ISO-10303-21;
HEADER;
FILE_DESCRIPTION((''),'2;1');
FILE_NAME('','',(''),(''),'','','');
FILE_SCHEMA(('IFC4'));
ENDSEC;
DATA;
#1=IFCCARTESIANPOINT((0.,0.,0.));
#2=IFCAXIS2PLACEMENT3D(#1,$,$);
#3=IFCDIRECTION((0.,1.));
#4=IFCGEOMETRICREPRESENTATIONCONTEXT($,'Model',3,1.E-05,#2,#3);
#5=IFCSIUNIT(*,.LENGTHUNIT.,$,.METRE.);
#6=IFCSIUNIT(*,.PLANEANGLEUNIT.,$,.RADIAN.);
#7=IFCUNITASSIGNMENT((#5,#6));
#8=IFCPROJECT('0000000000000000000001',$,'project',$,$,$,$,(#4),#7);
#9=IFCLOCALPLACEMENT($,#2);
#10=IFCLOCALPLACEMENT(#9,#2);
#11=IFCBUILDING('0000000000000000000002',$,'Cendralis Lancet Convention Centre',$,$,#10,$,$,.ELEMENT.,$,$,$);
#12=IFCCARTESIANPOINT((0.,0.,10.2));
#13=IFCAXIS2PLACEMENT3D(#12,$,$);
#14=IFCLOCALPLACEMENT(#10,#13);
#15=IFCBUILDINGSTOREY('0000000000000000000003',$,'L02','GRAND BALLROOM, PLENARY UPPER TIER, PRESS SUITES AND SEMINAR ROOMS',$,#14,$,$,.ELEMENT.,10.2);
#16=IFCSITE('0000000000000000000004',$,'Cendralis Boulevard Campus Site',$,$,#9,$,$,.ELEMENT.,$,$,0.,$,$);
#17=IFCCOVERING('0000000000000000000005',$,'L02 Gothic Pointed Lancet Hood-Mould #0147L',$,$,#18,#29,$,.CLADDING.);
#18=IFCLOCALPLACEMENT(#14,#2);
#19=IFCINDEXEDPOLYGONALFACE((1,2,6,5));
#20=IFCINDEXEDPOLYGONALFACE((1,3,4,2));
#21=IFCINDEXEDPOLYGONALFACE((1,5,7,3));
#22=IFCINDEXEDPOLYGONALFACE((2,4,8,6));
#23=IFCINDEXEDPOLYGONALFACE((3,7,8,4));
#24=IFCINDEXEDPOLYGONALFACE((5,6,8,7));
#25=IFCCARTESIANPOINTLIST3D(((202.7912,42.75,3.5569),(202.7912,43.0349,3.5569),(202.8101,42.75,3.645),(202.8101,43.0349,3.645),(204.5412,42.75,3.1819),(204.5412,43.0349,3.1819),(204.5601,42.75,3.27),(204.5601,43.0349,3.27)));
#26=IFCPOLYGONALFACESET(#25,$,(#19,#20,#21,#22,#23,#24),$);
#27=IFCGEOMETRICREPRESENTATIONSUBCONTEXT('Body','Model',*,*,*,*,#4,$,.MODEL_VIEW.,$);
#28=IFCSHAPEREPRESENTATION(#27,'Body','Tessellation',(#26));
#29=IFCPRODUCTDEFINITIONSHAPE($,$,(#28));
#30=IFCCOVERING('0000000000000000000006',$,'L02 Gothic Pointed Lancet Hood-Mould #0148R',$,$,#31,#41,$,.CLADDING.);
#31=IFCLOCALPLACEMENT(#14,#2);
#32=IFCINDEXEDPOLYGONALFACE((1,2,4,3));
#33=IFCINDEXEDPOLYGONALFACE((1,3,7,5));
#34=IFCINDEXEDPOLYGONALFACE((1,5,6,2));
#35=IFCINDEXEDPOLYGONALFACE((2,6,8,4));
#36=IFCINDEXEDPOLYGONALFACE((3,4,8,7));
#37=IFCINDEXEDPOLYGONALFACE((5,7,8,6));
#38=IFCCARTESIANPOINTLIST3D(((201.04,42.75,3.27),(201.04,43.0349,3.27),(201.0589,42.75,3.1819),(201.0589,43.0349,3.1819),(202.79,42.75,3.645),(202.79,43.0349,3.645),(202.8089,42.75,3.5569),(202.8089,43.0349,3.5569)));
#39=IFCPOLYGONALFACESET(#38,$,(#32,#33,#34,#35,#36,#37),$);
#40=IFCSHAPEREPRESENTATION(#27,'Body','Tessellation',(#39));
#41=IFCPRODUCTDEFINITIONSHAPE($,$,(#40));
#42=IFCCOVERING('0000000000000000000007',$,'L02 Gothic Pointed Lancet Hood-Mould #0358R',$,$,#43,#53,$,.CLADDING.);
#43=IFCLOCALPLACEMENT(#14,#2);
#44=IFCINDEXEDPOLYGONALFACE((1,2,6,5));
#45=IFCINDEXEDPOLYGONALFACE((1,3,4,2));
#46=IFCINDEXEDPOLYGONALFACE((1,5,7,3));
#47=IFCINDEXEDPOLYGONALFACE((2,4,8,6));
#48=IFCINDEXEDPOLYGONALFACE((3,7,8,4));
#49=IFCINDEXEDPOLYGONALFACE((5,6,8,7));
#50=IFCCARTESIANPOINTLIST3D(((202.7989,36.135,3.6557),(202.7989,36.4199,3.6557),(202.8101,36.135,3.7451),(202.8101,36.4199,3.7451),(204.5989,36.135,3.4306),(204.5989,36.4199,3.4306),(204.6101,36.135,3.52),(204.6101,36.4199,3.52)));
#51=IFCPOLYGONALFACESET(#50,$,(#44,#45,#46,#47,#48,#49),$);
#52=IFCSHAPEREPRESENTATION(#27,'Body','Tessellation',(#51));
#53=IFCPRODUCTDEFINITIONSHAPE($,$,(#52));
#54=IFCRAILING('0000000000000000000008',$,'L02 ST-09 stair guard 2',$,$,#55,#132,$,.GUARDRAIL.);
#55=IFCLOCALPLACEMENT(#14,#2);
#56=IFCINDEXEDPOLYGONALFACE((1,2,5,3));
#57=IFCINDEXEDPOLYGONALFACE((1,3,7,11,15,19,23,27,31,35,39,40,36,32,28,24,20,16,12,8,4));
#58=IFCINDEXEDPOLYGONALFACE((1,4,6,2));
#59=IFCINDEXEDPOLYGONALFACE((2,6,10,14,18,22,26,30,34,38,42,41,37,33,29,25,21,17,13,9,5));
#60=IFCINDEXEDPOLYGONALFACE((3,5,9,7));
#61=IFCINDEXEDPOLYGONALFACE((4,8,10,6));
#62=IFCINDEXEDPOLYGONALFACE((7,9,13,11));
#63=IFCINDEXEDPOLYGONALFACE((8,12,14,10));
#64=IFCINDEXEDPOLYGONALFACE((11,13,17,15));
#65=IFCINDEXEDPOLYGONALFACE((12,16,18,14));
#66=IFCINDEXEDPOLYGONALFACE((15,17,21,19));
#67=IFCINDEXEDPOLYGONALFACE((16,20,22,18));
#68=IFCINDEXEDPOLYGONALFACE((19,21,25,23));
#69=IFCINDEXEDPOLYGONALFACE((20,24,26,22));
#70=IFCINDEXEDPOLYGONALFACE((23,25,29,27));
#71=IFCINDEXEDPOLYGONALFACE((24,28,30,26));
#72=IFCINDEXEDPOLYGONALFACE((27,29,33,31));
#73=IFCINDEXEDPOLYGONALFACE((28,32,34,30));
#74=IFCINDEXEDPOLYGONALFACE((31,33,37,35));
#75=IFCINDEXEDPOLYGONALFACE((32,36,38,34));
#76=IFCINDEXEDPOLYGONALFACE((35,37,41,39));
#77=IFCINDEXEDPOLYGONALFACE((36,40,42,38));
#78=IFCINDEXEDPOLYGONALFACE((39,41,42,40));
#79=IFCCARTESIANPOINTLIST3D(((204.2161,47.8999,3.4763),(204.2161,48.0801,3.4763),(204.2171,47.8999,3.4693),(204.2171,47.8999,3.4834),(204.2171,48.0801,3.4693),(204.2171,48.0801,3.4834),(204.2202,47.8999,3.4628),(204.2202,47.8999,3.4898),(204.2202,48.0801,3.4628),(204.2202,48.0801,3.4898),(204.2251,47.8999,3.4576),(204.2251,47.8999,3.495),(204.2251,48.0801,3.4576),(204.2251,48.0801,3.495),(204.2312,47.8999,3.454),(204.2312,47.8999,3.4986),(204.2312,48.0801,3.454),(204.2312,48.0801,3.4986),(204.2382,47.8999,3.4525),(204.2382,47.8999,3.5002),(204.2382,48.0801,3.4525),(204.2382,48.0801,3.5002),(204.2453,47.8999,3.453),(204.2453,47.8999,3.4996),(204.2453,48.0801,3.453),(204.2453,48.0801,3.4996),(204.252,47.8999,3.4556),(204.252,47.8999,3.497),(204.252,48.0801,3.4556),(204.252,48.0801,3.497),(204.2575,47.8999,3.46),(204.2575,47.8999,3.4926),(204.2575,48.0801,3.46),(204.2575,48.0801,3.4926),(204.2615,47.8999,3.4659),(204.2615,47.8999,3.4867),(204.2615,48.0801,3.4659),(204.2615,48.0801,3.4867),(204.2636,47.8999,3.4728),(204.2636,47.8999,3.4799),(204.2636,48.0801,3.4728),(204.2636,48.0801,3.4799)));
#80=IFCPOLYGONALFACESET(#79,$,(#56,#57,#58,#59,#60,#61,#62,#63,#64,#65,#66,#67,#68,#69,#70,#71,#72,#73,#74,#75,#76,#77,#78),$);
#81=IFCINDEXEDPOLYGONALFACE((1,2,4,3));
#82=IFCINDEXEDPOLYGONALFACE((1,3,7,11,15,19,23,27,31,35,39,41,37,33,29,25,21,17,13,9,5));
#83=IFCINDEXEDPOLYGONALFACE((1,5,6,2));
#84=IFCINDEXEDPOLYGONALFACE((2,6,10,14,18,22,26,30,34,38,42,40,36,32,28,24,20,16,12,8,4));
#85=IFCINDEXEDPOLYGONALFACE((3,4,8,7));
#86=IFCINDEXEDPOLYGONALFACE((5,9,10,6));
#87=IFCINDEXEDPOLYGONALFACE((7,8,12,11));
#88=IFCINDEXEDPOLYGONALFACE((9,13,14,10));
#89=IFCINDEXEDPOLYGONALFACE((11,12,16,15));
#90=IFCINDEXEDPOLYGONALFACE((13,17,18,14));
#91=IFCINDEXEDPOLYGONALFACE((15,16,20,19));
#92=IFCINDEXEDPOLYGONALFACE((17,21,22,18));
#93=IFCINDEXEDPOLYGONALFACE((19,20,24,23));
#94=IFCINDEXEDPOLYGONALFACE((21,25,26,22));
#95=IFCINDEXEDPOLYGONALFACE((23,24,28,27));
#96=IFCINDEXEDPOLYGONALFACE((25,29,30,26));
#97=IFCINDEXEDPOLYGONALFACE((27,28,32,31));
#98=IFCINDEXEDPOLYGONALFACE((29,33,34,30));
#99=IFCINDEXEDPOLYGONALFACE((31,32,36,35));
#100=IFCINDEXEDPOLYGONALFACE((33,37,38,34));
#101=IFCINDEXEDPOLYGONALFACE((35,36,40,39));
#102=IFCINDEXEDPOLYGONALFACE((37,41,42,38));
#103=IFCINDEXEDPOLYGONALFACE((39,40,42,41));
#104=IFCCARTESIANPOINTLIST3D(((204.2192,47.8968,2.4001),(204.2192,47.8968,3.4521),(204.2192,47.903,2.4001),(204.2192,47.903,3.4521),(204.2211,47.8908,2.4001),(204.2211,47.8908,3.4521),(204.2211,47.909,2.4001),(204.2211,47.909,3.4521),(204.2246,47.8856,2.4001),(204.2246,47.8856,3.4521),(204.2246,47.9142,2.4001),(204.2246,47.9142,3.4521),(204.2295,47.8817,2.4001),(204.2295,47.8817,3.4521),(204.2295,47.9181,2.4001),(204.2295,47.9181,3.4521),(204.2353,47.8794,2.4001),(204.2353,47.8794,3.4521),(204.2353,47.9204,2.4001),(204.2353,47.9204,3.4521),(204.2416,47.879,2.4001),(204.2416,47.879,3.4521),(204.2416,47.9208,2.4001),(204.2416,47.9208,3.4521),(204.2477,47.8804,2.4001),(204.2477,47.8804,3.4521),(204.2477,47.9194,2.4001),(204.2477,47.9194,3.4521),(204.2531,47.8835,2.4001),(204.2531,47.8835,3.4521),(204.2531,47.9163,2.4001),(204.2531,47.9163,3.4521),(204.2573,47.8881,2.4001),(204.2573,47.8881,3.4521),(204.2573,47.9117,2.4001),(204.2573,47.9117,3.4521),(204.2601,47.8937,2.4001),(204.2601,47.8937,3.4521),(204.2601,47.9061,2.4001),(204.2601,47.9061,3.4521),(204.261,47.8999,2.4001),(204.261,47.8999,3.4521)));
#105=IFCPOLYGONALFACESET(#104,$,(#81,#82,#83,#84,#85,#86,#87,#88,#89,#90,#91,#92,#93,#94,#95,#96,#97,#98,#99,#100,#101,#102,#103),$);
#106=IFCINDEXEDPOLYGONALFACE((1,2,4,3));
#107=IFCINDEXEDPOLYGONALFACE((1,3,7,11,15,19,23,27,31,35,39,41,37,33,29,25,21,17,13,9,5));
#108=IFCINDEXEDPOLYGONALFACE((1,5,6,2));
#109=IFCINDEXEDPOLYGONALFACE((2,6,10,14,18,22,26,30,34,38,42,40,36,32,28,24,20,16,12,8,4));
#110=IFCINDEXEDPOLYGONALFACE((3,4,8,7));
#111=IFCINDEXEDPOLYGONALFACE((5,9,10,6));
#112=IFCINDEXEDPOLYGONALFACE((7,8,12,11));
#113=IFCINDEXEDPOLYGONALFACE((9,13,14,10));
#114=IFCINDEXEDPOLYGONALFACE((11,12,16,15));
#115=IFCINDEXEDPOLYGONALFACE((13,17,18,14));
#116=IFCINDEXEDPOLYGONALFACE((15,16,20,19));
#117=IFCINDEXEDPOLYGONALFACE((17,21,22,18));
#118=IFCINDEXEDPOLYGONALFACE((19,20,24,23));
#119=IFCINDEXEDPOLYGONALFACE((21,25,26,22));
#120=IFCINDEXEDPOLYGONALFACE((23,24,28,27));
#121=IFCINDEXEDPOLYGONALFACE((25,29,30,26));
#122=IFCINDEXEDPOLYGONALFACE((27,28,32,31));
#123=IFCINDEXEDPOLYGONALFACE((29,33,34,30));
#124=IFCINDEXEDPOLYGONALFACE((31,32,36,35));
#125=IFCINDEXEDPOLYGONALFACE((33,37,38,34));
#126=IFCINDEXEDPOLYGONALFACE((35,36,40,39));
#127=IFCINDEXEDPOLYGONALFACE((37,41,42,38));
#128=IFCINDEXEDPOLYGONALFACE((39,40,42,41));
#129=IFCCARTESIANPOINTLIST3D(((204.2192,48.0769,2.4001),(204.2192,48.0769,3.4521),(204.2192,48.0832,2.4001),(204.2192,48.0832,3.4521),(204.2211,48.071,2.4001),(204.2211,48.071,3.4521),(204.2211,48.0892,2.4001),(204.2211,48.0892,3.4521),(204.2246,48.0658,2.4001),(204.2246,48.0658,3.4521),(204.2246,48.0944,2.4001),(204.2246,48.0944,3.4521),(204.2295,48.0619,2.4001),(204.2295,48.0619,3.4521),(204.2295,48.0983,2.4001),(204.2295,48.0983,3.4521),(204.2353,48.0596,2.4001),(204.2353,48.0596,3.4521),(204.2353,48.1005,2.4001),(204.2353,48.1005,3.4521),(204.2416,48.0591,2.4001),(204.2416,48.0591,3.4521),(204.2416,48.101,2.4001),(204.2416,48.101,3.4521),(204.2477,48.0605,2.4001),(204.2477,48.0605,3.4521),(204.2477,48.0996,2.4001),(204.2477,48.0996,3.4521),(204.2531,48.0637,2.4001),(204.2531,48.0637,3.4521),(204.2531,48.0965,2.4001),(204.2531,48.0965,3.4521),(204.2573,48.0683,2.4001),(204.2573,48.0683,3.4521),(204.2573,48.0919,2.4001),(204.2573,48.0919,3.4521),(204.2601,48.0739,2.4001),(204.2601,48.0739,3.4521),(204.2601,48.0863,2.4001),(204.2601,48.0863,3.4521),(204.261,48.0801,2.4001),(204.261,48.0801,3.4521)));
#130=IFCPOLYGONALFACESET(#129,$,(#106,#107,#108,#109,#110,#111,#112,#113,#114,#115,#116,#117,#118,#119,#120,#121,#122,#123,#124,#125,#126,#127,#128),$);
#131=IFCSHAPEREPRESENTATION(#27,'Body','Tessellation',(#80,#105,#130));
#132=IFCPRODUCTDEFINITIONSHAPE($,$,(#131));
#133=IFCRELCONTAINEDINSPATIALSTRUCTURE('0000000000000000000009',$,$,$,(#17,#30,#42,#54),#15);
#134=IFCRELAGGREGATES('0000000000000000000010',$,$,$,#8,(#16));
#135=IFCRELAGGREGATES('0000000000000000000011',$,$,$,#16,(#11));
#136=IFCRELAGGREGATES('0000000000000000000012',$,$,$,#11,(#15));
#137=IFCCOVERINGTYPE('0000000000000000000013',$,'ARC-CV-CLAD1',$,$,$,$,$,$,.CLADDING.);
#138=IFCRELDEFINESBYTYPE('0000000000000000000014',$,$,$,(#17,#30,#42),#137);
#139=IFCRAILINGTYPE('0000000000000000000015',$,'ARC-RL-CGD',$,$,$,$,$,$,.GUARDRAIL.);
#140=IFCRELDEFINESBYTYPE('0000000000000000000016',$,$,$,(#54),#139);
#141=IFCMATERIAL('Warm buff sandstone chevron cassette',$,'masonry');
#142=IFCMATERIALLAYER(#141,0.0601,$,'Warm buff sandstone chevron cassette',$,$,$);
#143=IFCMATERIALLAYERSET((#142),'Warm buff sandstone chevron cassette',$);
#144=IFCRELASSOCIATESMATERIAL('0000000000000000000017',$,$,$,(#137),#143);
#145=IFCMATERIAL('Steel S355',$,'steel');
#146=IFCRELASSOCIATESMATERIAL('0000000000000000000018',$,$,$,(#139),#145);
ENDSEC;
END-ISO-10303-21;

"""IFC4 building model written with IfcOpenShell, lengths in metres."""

from ifc_helpers import new_model, si_unit, direction, frame, origin, origin_2d, place, context, subcontext, project, spatial, polyline, circle, outline, extrude, material, layer, layer_set, type_object, element, save


model = new_model("IFC4")

# Units and contexts
model_context = context("Model", 3, precision=1e-05, world=origin(), true_north=direction((0.0, 1.0)))
body_context = subcontext(model_context, "Body", "Model", "MODEL_VIEW")
ifc_project = project(units=[si_unit("LENGTHUNIT", "METRE"), si_unit("PLANEANGLEUNIT", "RADIAN")], contexts=[model_context])

# Site, building, storey
site_placement = place(None, origin())
site = spatial("IfcSite", under=ifc_project, at=site_placement, Name="Cendralis Boulevard Campus Site", CompositionType="ELEMENT", RefElevation=0.0)
building_placement = place(site_placement, origin())
building = spatial("IfcBuilding", under=site, at=building_placement, Name="Cendralis Lancet Convention Centre", CompositionType="ELEMENT")
storey_placement = place(building_placement, frame((0.0, 0.0, 10.2)))
storey = spatial("IfcBuildingStorey", under=building, at=storey_placement, Name="L02", Description="GRAND BALLROOM, PLENARY UPPER TIER, PRESS SUITES AND SEMINAR ROOMS", CompositionType="ELEMENT", Elevation=10.2)

# Coverings
ifc_material_1 = material(Name="Warm buff sandstone chevron cassette", Category="masonry")
ifc_layer_1 = layer(ifc_material_1, 0.0601, Name="Warm buff sandstone chevron cassette")
ifc_layer_set_1 = layer_set([ifc_layer_1], Name="Warm buff sandstone chevron cassette")
covering_type = type_object("IfcCoveringType", Name="ARC-CV-CLAD1", PredefinedType="CLADDING", material=ifc_layer_set_1)
for number, where, z_axis, x_axis, name in (
    (1, (204.5601, 42.75, 3.27), (0.209529, 0.0, 0.977802), (0.0, 1.0, 0.0), "L02 Gothic Pointed Lancet Hood-Mould #0147L"),
    (2, (202.79, 42.75, 3.645), (-0.209529, 0.0, 0.977802), (0.0, 1.0, 0.0), "L02 Gothic Pointed Lancet Hood-Mould #0148R"),
):
    element("IfcCovering", number, at=place(storey_placement, frame(where, z_axis=z_axis, x_axis=x_axis)), inside=storey, type_object=covering_type, Name=name, PredefinedType="CLADDING", context=body_context, shape_type="SweptSolid", body=[
        extrude(outline(polyline([(0.0, 0.0), (0.2849, 0.0), (0.2849, 1.7897), (0.0, 1.7897), (0.0, 0.0)])), origin(), (0.0, 0.0, -1.0), 0.0901),
    ])
covering_placement = place(storey_placement, frame((202.8101, 36.4199, 3.7451), z_axis=(0.124084, 0.0, 0.992272), x_axis=(0.0, -1.0, 0.0)))
element("IfcCovering", 3, at=covering_placement, inside=storey, type_object=covering_type, Name="L02 Gothic Pointed Lancet Hood-Mould #0358R", PredefinedType="CLADDING", context=body_context, shape_type="SweptSolid", body=[
    extrude(outline(polyline([(0.0, 0.0), (0.2849, 0.0), (0.2849, 1.8141), (0.0, 1.8141), (0.0, 0.0)])), origin(), (0.0, 0.0, -1.0), 0.0901),
])

# Railing
ifc_material_2 = material(Name="Steel S355", Category="steel")
railing_type_1 = type_object("IfcRailingType", Name="ARC-RL-CGD", PredefinedType="GUARDRAIL", material=ifc_material_2)
railing_1_placement = place(storey_placement, frame((204.24, 47.8999, 2.4001)))
element("IfcRailing", 4, at=railing_1_placement, inside=storey, type_object=railing_type_1, Name="L02 ST-09 stair guard 2", PredefinedType="GUARDRAIL", context=body_context, shape_type="SweptSolid", body=[
    extrude(circle(Radius=0.0239, at=origin_2d()), frame((0.0, 0.0, 1.0762), z_axis=(0.0, 1.0, 0.0), x_axis=(-1.0, 0.0, 0.0)), (0.0, 0.0, 1.0), 0.1802),
    extrude(circle(Radius=0.021, at=origin_2d()), origin(), (0.0, 0.0, 1.0), 1.052),
    extrude(circle(Radius=0.021, at=origin_2d()), frame((0.0, 0.1802, 0.0)), (0.0, 0.0, 1.0), 1.052),
])

save(model, "model.ifc")
